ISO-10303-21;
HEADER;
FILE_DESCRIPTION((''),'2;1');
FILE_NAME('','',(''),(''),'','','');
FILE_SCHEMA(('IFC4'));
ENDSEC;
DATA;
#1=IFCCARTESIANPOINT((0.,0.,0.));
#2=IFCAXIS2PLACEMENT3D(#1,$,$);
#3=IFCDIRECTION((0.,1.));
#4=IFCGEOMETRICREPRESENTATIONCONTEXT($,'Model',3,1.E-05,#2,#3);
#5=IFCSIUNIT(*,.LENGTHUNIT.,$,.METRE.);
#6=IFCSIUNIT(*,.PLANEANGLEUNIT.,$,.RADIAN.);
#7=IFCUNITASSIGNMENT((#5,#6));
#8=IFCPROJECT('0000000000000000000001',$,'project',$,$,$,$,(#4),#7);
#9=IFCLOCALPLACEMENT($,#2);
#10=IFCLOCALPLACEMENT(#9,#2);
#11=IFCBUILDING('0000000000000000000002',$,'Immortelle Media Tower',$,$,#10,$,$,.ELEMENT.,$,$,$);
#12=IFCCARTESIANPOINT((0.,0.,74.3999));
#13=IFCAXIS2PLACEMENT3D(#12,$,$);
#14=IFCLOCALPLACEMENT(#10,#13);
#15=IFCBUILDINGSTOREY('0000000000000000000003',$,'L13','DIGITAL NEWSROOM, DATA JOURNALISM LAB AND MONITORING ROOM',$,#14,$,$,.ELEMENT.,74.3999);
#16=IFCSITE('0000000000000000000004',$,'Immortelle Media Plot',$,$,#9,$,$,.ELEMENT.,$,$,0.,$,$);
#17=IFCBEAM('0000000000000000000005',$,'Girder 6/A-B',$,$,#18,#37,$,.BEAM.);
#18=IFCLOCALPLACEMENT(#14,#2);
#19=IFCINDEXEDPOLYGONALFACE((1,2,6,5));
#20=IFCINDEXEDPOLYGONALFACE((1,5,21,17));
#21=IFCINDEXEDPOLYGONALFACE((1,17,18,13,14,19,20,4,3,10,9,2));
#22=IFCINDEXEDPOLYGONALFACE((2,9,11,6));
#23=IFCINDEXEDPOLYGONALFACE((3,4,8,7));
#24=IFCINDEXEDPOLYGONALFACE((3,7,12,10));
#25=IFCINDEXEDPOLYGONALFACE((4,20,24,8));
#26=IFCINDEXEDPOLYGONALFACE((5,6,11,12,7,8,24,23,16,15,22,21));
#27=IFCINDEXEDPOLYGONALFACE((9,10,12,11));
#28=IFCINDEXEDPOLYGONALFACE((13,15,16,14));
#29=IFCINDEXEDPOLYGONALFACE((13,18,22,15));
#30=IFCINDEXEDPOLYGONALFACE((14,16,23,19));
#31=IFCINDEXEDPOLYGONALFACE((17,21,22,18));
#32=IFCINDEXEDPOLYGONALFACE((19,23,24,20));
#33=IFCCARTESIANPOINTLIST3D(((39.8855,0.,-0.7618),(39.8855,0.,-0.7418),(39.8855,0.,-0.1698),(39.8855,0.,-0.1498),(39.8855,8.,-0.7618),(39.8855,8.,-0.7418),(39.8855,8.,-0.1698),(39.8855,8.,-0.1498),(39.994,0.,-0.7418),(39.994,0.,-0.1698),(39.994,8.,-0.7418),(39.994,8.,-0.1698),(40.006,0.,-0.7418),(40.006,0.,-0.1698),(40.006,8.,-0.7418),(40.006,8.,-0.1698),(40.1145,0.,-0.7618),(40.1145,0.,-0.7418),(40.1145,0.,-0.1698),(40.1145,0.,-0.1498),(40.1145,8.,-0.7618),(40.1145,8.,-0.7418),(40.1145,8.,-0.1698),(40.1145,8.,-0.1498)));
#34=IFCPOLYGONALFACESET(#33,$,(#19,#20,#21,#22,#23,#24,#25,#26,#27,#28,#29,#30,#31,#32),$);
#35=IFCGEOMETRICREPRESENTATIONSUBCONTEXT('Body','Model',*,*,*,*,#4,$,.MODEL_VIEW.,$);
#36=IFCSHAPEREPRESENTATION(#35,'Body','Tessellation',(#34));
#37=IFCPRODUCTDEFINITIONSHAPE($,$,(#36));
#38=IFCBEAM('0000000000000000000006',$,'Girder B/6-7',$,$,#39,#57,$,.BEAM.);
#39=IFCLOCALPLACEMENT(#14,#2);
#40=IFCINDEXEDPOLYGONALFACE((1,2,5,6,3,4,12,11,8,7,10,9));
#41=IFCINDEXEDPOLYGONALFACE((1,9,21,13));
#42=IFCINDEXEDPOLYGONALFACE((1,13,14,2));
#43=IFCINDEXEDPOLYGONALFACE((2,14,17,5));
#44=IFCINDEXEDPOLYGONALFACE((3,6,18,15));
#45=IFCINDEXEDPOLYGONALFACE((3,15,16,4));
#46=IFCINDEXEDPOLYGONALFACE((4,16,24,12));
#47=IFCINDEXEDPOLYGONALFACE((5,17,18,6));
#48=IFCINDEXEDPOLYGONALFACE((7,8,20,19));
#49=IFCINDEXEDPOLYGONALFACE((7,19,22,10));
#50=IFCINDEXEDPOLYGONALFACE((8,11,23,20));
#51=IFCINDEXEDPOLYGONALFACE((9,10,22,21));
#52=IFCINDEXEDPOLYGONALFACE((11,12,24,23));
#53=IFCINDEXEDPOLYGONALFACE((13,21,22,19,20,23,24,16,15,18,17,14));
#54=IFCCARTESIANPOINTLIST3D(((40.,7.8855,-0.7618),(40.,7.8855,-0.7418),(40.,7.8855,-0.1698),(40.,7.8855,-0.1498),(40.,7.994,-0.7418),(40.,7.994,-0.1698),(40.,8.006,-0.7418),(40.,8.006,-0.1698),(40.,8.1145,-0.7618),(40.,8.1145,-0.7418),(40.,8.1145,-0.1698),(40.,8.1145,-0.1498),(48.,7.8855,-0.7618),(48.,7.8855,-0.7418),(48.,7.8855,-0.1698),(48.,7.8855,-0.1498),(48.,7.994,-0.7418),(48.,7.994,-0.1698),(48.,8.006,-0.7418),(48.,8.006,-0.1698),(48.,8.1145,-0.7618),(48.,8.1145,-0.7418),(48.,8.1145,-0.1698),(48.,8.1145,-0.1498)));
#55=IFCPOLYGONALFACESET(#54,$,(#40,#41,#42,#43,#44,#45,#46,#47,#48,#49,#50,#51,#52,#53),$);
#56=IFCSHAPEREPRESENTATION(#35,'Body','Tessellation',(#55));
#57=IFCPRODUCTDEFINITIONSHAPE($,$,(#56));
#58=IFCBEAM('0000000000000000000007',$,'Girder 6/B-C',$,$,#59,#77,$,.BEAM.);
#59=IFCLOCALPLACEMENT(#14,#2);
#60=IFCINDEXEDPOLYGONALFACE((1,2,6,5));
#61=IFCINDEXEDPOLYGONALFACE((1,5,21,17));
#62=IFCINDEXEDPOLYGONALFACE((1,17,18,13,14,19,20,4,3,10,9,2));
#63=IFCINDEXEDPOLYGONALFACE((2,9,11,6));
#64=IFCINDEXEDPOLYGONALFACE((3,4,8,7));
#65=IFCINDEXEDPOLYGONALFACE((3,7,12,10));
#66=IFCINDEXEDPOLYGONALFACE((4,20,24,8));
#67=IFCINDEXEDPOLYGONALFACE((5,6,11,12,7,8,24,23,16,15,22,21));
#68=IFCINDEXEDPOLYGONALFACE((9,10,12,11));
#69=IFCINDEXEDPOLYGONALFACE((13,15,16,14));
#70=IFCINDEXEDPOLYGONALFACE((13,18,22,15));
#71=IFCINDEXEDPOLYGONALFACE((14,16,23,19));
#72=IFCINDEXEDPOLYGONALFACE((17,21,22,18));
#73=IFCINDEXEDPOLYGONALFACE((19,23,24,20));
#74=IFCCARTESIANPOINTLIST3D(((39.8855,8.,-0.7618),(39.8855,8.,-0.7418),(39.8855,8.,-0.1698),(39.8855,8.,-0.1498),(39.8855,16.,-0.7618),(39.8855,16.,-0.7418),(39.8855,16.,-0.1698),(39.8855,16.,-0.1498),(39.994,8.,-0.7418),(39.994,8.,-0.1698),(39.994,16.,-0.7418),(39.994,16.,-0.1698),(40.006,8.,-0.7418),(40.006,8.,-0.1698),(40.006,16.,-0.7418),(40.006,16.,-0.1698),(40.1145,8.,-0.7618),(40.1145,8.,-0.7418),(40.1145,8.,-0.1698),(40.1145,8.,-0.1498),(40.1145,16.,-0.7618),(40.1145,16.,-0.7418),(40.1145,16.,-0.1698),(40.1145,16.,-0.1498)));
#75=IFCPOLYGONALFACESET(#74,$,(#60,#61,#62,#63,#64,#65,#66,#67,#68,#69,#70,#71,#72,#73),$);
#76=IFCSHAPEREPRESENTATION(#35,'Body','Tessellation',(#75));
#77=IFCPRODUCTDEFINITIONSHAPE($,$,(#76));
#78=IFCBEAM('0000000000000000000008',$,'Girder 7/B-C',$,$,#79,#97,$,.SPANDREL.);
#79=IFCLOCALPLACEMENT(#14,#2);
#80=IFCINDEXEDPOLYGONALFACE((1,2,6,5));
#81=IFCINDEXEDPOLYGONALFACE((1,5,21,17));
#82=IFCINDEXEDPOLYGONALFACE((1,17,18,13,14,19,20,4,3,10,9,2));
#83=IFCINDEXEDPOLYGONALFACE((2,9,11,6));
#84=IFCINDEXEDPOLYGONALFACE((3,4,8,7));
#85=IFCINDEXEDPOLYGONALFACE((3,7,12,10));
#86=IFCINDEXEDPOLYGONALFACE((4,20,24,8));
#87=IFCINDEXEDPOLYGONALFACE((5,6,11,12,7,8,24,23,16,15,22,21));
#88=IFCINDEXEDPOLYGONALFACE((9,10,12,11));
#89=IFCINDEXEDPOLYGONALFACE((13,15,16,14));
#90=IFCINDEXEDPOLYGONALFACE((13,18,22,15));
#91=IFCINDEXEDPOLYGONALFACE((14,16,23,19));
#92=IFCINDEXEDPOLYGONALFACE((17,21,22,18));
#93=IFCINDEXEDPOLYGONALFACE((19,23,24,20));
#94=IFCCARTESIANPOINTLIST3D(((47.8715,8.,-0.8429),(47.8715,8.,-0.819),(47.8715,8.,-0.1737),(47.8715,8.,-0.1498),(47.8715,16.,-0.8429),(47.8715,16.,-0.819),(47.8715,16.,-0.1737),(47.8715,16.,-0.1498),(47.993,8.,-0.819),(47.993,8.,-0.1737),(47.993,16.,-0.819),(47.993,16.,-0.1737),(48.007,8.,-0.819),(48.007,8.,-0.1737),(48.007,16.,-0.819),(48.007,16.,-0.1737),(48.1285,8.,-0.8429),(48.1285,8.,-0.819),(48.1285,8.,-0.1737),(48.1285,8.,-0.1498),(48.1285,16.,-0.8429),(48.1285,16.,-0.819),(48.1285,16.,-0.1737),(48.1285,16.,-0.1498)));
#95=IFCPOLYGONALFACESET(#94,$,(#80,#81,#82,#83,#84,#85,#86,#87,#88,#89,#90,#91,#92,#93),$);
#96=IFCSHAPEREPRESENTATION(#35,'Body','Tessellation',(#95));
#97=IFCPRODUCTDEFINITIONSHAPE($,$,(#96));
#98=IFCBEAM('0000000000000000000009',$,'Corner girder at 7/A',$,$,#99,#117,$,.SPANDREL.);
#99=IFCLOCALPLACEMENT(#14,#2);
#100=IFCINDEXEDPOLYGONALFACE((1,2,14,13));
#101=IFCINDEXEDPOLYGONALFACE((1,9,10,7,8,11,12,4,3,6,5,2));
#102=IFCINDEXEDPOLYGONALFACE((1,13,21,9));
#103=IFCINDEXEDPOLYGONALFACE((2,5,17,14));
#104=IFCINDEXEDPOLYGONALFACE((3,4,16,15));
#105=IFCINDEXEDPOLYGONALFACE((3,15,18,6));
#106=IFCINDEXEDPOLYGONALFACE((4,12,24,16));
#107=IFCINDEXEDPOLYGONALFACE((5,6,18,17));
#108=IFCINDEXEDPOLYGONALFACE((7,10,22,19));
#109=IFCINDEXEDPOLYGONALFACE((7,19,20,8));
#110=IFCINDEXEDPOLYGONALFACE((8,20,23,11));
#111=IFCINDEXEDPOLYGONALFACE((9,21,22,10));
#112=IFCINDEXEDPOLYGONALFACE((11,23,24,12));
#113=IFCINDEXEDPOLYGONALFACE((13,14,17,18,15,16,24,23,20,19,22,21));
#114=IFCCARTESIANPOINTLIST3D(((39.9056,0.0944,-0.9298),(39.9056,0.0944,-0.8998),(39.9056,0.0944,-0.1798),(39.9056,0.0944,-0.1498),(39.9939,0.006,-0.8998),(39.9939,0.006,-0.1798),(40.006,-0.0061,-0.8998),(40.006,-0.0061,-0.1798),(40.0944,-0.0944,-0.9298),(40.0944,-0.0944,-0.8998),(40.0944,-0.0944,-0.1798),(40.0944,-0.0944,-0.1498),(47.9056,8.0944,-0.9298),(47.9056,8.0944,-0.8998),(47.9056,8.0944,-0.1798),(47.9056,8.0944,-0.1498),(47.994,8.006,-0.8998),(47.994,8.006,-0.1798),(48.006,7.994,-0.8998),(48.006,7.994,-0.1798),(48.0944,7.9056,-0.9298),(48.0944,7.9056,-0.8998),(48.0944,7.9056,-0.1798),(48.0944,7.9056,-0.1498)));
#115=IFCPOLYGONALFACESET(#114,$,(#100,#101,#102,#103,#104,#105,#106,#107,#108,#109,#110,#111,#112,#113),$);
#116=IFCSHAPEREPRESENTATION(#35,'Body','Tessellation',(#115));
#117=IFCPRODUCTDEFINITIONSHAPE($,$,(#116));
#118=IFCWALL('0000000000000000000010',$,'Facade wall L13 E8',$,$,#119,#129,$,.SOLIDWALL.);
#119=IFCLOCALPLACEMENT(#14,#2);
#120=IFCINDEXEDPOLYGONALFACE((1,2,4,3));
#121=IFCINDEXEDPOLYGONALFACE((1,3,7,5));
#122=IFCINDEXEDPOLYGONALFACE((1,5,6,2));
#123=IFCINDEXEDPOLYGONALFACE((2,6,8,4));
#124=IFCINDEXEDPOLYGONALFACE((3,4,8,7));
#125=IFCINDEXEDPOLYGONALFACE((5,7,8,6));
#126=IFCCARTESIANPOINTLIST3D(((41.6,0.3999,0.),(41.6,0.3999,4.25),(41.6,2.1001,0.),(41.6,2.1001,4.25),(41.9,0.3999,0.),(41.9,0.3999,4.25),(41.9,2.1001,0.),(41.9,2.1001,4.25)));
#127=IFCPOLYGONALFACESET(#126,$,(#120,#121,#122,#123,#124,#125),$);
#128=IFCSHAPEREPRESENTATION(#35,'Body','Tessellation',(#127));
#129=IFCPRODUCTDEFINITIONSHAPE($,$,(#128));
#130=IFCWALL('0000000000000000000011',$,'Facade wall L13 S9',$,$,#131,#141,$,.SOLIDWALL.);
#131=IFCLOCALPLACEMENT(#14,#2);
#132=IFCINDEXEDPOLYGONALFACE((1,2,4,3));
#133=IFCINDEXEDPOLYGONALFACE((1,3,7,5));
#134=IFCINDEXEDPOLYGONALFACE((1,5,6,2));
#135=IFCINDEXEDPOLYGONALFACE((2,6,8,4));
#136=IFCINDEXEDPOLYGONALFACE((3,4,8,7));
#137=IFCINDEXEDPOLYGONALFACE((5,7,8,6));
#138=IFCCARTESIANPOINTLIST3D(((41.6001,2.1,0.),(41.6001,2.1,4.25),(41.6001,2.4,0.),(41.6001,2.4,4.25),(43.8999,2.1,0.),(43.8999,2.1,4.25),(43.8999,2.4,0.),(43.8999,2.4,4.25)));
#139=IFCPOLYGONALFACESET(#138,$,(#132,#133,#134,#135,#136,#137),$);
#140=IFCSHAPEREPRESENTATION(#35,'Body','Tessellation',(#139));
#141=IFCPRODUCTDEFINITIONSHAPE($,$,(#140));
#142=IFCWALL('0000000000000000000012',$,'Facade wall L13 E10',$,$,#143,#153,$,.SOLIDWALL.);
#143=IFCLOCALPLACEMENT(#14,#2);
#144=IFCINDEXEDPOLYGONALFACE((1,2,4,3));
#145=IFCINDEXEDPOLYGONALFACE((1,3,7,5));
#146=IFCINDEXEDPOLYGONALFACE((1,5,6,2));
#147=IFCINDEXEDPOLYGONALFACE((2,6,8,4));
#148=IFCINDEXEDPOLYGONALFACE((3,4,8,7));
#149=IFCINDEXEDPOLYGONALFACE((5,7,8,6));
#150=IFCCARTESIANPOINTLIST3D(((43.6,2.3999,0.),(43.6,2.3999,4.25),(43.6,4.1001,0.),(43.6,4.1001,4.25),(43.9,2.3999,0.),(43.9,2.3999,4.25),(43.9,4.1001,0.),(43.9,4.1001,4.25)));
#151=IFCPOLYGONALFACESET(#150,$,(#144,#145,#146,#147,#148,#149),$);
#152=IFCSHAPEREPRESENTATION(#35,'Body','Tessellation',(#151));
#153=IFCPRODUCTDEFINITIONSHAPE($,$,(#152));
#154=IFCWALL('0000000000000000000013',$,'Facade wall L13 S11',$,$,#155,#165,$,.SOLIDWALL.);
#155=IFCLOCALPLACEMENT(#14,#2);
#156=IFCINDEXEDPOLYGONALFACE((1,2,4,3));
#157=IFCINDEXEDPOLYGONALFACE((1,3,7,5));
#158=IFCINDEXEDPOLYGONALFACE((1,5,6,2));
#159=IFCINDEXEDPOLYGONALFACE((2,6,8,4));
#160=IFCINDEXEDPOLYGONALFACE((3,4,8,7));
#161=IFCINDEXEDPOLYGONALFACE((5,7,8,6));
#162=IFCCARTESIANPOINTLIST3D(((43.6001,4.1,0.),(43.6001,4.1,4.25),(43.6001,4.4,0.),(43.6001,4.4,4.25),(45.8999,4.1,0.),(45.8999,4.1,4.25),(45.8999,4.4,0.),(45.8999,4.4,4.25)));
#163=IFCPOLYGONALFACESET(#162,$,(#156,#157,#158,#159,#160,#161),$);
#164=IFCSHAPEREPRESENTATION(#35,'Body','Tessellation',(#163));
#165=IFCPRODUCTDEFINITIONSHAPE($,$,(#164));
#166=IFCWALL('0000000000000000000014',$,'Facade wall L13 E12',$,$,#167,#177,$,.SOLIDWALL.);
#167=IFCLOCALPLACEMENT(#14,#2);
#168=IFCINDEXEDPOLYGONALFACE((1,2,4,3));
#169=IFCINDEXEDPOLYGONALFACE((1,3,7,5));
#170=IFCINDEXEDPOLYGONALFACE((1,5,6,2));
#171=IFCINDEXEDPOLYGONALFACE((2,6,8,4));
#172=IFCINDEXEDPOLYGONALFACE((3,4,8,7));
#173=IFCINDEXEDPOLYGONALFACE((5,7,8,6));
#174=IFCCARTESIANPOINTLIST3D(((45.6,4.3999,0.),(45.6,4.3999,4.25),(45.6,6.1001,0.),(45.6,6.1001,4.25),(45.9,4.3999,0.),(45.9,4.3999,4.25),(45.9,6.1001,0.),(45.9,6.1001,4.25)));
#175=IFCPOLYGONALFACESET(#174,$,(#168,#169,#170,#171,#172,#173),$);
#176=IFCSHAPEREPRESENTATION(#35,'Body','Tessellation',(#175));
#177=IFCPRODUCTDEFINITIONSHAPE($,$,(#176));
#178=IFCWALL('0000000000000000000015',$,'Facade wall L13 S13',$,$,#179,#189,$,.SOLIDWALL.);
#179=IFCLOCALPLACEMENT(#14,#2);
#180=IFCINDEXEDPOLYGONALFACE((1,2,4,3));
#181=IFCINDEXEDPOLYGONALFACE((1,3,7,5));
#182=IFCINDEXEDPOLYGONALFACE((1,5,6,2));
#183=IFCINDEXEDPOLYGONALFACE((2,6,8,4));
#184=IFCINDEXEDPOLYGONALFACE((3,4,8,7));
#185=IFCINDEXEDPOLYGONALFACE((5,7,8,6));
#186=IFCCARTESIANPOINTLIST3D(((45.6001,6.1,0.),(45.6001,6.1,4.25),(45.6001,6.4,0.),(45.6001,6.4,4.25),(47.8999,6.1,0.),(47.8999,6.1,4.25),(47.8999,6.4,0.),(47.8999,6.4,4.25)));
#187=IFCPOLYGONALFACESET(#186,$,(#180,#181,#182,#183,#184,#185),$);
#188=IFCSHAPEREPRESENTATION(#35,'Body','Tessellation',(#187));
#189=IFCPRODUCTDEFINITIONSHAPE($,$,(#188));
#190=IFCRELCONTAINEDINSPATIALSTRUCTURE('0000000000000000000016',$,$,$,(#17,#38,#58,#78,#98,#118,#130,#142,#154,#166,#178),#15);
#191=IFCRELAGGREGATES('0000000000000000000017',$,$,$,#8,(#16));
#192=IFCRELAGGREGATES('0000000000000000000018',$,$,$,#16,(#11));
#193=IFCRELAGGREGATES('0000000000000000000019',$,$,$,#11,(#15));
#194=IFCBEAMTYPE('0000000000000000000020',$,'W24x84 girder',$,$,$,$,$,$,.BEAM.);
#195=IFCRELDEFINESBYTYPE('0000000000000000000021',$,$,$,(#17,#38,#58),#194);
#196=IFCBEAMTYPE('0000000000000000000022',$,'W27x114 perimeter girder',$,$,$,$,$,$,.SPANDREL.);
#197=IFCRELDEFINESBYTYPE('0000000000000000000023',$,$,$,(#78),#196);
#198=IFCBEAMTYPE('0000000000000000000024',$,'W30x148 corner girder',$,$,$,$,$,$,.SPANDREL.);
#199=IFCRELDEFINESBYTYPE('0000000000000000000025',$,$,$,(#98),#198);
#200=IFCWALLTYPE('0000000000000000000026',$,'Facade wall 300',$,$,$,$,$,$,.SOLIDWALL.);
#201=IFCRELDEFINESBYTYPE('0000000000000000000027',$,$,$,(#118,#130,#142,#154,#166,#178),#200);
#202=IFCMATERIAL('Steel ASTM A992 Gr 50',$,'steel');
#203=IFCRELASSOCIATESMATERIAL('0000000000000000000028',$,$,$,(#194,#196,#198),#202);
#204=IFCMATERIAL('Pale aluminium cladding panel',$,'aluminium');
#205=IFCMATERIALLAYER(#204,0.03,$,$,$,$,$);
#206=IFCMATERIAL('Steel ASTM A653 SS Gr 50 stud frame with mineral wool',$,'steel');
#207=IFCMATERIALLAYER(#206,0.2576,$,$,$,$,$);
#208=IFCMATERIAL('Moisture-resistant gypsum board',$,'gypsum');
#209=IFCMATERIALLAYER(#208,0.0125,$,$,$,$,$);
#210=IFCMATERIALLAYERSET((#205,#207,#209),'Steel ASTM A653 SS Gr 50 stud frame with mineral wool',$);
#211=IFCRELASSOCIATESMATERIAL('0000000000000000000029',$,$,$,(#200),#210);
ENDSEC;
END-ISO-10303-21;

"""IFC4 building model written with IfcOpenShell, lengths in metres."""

from ifc_helpers import new_model, si_unit, direction, frame, frame_2d, origin, origin_2d, place, context, subcontext, project, spatial, rectangle, i_section, extrude, material, layer, layer_set, material_profile, profile_set, type_object, element, save


model = new_model("IFC4")

# Units and contexts
model_context = context("Model", 3, precision=1e-05, world=origin(), true_north=direction((0.0, 1.0)))
body_context = subcontext(model_context, "Body", "Model", "MODEL_VIEW")
ifc_project = project(units=[si_unit("LENGTHUNIT", "METRE"), si_unit("PLANEANGLEUNIT", "RADIAN")], contexts=[model_context])

# Site, building, storey
site_placement = place(None, origin())
site = spatial("IfcSite", under=ifc_project, at=site_placement, Name="Immortelle Media Plot", CompositionType="ELEMENT", RefElevation=0.0)
building_placement = place(site_placement, origin())
building = spatial("IfcBuilding", under=site, at=building_placement, Name="Immortelle Media Tower", CompositionType="ELEMENT")
storey_placement = place(building_placement, frame((0.0, 0.0, 74.3999)))
storey = spatial("IfcBuildingStorey", under=building, at=storey_placement, Name="L13", Description="DIGITAL NEWSROOM, DATA JOURNALISM LAB AND MONITORING ROOM", CompositionType="ELEMENT", Elevation=74.3999)

# Shared definitions
ifc_material_1 = material(Name="Steel ASTM A992 Gr 50", Category="steel")

# Beams
ifc_material_profile_1 = material_profile(ifc_material_1, i_section(OverallWidth=0.229, OverallDepth=0.6121, WebThickness=0.012, FlangeThickness=0.02, at=origin_2d()), Name="W24x84")
ifc_profile_set_1 = profile_set([ifc_material_profile_1], Name="Steel ASTM A992 Gr 50")
beam_type_1 = type_object("IfcBeamType", Name="W24x84 girder", PredefinedType="BEAM", material=ifc_profile_set_1)
for number, where, z_axis, x_axis, name in (
    (1, (40.0, 0.0, -0.4558), (0.0, 1.0, 0.0), (-1.0, 0.0, 0.0), "Girder 6/A-B"),
    (2, (40.0, 8.0, -0.4558), (1.0, 0.0, 0.0), (0.0, 1.0, 0.0), "Girder B/6-7"),
    (3, (40.0, 8.0, -0.4558), (0.0, 1.0, 0.0), (-1.0, 0.0, 0.0), "Girder 6/B-C"),
):
    element("IfcBeam", number, at=place(storey_placement, frame(where, z_axis=z_axis, x_axis=x_axis)), inside=storey, type_object=beam_type_1, Name=name, PredefinedType="BEAM", context=body_context, shape_type="SweptSolid", body=[
        extrude(i_section(OverallWidth=0.229, OverallDepth=0.6121, WebThickness=0.012, FlangeThickness=0.02, at=origin_2d()), origin(), (0.0, 0.0, 1.0), 8.0),
    ])
ifc_material_profile_2 = material_profile(ifc_material_1, i_section(OverallWidth=0.2571, OverallDepth=0.6931, WebThickness=0.0139, FlangeThickness=0.0239, at=origin_2d()), Name="W27x114")
ifc_profile_set_2 = profile_set([ifc_material_profile_2], Name="Steel ASTM A992 Gr 50")
beam_type_2 = type_object("IfcBeamType", Name="W27x114 perimeter girder", PredefinedType="SPANDREL", material=ifc_profile_set_2)
beam_1_placement = place(storey_placement, frame((48.0, 8.0, -0.4963), z_axis=(0.0, 1.0, 0.0), x_axis=(-1.0, 0.0, 0.0)))
element("IfcBeam", 4, at=beam_1_placement, inside=storey, type_object=beam_type_2, Name="Girder 7/B-C", PredefinedType="SPANDREL", context=body_context, shape_type="SweptSolid", body=[
    extrude(i_section(OverallWidth=0.2571, OverallDepth=0.6931, WebThickness=0.0139, FlangeThickness=0.0239, at=origin_2d()), origin(), (0.0, 0.0, 1.0), 8.0),
])
ifc_material_profile_3 = material_profile(ifc_material_1, i_section(OverallWidth=0.2671, OverallDepth=0.78, WebThickness=0.0171, FlangeThickness=0.03, at=origin_2d()), Name="W30x148")
ifc_profile_set_3 = profile_set([ifc_material_profile_3], Name="Steel ASTM A992 Gr 50")
beam_type_3 = type_object("IfcBeamType", Name="W30x148 corner girder", PredefinedType="SPANDREL", material=ifc_profile_set_3)
beam_2_placement = place(storey_placement, frame((48.0, 8.0, -0.5398), z_axis=(-0.707107, -0.707107, 0.0), x_axis=(0.707107, -0.707107, 0.0)))
element("IfcBeam", 5, at=beam_2_placement, inside=storey, type_object=beam_type_3, Name="Corner girder at 7/A", PredefinedType="SPANDREL", context=body_context, shape_type="SweptSolid", body=[
    extrude(i_section(OverallWidth=0.2671, OverallDepth=0.78, WebThickness=0.0171, FlangeThickness=0.03, at=origin_2d()), origin(), (0.0, 0.0, 1.0), 11.3137),
])

# Walls
ifc_material_2 = material(Name="Pale aluminium cladding panel", Category="aluminium")
ifc_layer_1 = layer(ifc_material_2, 0.03)
ifc_material_3 = material(Name="Steel ASTM A653 SS Gr 50 stud frame with mineral wool", Category="steel")
ifc_layer_2 = layer(ifc_material_3, 0.2576)
ifc_material_4 = material(Name="Moisture-resistant gypsum board", Category="gypsum")
ifc_layer_3 = layer(ifc_material_4, 0.0125)
ifc_layer_set_1 = layer_set([ifc_layer_1, ifc_layer_2, ifc_layer_3], Name="Steel ASTM A653 SS Gr 50 stud frame with mineral wool")
wall_type_1 = type_object("IfcWallType", Name="Facade wall 300", PredefinedType="SOLIDWALL", material=ifc_layer_set_1)
wall_1_placement = place(storey_placement, frame((41.75, 0.3999, 0.0), z_axis=(0.0, 0.0, 1.0), x_axis=(0.0, 1.0, 0.0)))
element("IfcWall", 6, at=wall_1_placement, inside=storey, type_object=wall_type_1, Name="Facade wall L13 E8", PredefinedType="SOLIDWALL", context=body_context, shape_type="SweptSolid", body=[
    extrude(rectangle(XDim=1.7002, YDim=0.3, at=frame_2d((0.8501, 0.0))), origin(), (0.0, 0.0, 1.0), 4.25),
])
wall_2_placement = place(storey_placement, frame((41.6001, 2.25, 0.0), z_axis=(0.0, 0.0, 1.0), x_axis=(1.0, 0.0, 0.0)))
element("IfcWall", 7, at=wall_2_placement, inside=storey, type_object=wall_type_1, Name="Facade wall L13 S9", PredefinedType="SOLIDWALL", context=body_context, shape_type="SweptSolid", body=[
    extrude(rectangle(XDim=2.2998, YDim=0.3, at=frame_2d((1.1499, 0.0))), origin(), (0.0, 0.0, 1.0), 4.25),
])
wall_3_placement = place(storey_placement, frame((43.75, 2.3999, 0.0), z_axis=(0.0, 0.0, 1.0), x_axis=(0.0, 1.0, 0.0)))
element("IfcWall", 8, at=wall_3_placement, inside=storey, type_object=wall_type_1, Name="Facade wall L13 E10", PredefinedType="SOLIDWALL", context=body_context, shape_type="SweptSolid", body=[
    extrude(rectangle(XDim=1.7002, YDim=0.3, at=frame_2d((0.8501, 0.0))), origin(), (0.0, 0.0, 1.0), 4.25),
])
wall_4_placement = place(storey_placement, frame((43.6001, 4.25, 0.0), z_axis=(0.0, 0.0, 1.0), x_axis=(1.0, 0.0, 0.0)))
element("IfcWall", 9, at=wall_4_placement, inside=storey, type_object=wall_type_1, Name="Facade wall L13 S11", PredefinedType="SOLIDWALL", context=body_context, shape_type="SweptSolid", body=[
    extrude(rectangle(XDim=2.2998, YDim=0.3, at=frame_2d((1.1499, 0.0))), origin(), (0.0, 0.0, 1.0), 4.25),
])
wall_5_placement = place(storey_placement, frame((45.75, 4.3999, 0.0), z_axis=(0.0, 0.0, 1.0), x_axis=(0.0, 1.0, 0.0)))
element("IfcWall", 10, at=wall_5_placement, inside=storey, type_object=wall_type_1, Name="Facade wall L13 E12", PredefinedType="SOLIDWALL", context=body_context, shape_type="SweptSolid", body=[
    extrude(rectangle(XDim=1.7002, YDim=0.3, at=frame_2d((0.8501, 0.0))), origin(), (0.0, 0.0, 1.0), 4.25),
])
wall_6_placement = place(storey_placement, frame((45.6001, 6.25, 0.0), z_axis=(0.0, 0.0, 1.0), x_axis=(1.0, 0.0, 0.0)))
element("IfcWall", 11, at=wall_6_placement, inside=storey, type_object=wall_type_1, Name="Facade wall L13 S13", PredefinedType="SOLIDWALL", context=body_context, shape_type="SweptSolid", body=[
    extrude(rectangle(XDim=2.2998, YDim=0.3, at=frame_2d((1.1499, 0.0))), origin(), (0.0, 0.0, 1.0), 4.25),
])

save(model, "model.ifc")
